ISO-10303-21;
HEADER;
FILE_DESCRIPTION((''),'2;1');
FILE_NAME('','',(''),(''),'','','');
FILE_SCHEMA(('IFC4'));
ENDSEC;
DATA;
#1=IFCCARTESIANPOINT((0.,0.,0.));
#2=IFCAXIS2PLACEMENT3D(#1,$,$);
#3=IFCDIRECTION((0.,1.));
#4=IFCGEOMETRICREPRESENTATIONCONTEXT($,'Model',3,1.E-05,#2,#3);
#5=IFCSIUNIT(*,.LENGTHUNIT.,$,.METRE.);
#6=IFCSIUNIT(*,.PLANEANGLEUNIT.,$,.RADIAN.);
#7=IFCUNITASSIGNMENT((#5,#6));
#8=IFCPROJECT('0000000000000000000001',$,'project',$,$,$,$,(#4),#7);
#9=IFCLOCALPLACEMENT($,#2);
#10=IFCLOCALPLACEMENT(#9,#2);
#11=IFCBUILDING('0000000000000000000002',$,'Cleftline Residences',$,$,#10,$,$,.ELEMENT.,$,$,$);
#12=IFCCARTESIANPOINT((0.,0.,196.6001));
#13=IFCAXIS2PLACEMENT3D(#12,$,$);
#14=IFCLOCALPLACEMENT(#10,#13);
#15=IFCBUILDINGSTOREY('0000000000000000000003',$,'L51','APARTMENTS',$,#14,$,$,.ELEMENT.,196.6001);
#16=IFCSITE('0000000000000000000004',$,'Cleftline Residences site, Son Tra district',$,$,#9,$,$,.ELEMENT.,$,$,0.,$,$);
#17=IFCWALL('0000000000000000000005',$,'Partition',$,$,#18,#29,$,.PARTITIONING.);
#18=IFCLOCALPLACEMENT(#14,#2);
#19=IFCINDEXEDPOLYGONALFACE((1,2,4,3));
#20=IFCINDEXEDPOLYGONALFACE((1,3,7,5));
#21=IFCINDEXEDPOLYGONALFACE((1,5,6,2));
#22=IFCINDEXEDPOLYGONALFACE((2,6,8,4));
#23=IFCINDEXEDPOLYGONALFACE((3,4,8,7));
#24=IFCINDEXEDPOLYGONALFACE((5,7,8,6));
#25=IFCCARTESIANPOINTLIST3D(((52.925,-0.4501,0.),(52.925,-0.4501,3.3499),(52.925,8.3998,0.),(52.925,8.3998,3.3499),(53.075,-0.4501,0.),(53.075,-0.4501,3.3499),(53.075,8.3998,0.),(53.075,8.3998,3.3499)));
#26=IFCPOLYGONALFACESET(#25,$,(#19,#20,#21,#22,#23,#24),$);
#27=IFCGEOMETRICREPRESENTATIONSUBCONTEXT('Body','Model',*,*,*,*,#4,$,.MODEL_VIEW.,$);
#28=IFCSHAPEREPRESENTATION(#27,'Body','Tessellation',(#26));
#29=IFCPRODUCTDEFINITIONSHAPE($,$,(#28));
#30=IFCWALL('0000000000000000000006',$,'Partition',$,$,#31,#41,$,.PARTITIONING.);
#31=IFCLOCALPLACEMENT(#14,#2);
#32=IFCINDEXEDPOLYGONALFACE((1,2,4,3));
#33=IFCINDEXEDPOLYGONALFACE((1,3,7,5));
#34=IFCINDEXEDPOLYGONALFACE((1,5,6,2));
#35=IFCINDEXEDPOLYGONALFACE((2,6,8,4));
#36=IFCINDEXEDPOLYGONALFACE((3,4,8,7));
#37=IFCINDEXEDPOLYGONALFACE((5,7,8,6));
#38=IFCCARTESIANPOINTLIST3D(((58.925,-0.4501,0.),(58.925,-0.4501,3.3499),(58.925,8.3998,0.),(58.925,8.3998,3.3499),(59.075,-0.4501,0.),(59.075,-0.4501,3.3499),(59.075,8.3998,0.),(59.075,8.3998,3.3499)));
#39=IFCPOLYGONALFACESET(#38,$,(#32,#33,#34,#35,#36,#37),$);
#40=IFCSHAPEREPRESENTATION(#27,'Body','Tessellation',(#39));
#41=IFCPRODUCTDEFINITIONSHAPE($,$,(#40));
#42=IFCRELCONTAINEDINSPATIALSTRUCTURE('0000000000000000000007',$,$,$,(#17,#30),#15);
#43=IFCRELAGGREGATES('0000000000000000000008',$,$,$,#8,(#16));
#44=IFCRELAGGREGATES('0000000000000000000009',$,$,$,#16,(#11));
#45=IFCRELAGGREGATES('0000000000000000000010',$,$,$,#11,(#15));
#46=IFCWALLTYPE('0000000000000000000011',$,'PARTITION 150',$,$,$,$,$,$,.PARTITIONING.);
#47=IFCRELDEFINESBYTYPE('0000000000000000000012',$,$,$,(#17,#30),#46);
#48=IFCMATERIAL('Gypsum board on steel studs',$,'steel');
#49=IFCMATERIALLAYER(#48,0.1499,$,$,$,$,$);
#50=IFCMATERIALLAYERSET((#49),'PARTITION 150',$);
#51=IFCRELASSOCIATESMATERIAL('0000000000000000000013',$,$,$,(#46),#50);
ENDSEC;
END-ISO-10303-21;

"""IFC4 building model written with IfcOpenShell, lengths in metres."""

from ifc_helpers import new_model, si_unit, direction, frame, frame_2d, origin, place, context, subcontext, project, spatial, rectangle, extrude, material, layer, layer_set, type_object, element, save


model = new_model("IFC4")

# Units and contexts
model_context = context("Model", 3, precision=1e-05, world=origin(), true_north=direction((0.0, 1.0)))
body_context = subcontext(model_context, "Body", "Model", "MODEL_VIEW")
ifc_project = project(units=[si_unit("LENGTHUNIT", "METRE"), si_unit("PLANEANGLEUNIT", "RADIAN")], contexts=[model_context])

# Site, building, storey
site_placement = place(None, origin())
site = spatial("IfcSite", under=ifc_project, at=site_placement, Name="Cleftline Residences site, Son Tra district", CompositionType="ELEMENT", RefElevation=0.0)
building_placement = place(site_placement, origin())
building = spatial("IfcBuilding", under=site, at=building_placement, Name="Cleftline Residences", CompositionType="ELEMENT")
storey_placement = place(building_placement, frame((0.0, 0.0, 196.6001)))
storey = spatial("IfcBuildingStorey", under=building, at=storey_placement, Name="L51", Description="APARTMENTS", CompositionType="ELEMENT", Elevation=196.6001)

# Walls
ifc_material_1 = material(Name="Gypsum board on steel studs", Category="steel")
ifc_layer_1 = layer(ifc_material_1, 0.1499)
ifc_layer_set_1 = layer_set([ifc_layer_1], Name="PARTITION 150")
wall_type_1 = type_object("IfcWallType", Name="PARTITION 150", PredefinedType="PARTITIONING", material=ifc_layer_set_1)
for number, where, z_axis, x_axis, name in (
    (1, (53.0, -0.45, 0.0), (0.0, 0.0, 1.0), (0.0, 1.0, 0.0), "Partition"),
    (2, (59.0, -0.45, 0.0), (0.0, 0.0, 1.0), (0.0, 1.0, 0.0), "Partition"),
):
    element("IfcWall", number, at=place(storey_placement, frame(where, z_axis=z_axis, x_axis=x_axis)), inside=storey, type_object=wall_type_1, Name=name, PredefinedType="PARTITIONING", context=body_context, shape_type="SweptSolid", body=[
        extrude(rectangle(XDim=8.8499, YDim=0.1499, at=frame_2d((4.4248, 0.0))), origin(), (0.0, 0.0, 1.0), 3.3499),
    ])

save(model, "model.ifc")
